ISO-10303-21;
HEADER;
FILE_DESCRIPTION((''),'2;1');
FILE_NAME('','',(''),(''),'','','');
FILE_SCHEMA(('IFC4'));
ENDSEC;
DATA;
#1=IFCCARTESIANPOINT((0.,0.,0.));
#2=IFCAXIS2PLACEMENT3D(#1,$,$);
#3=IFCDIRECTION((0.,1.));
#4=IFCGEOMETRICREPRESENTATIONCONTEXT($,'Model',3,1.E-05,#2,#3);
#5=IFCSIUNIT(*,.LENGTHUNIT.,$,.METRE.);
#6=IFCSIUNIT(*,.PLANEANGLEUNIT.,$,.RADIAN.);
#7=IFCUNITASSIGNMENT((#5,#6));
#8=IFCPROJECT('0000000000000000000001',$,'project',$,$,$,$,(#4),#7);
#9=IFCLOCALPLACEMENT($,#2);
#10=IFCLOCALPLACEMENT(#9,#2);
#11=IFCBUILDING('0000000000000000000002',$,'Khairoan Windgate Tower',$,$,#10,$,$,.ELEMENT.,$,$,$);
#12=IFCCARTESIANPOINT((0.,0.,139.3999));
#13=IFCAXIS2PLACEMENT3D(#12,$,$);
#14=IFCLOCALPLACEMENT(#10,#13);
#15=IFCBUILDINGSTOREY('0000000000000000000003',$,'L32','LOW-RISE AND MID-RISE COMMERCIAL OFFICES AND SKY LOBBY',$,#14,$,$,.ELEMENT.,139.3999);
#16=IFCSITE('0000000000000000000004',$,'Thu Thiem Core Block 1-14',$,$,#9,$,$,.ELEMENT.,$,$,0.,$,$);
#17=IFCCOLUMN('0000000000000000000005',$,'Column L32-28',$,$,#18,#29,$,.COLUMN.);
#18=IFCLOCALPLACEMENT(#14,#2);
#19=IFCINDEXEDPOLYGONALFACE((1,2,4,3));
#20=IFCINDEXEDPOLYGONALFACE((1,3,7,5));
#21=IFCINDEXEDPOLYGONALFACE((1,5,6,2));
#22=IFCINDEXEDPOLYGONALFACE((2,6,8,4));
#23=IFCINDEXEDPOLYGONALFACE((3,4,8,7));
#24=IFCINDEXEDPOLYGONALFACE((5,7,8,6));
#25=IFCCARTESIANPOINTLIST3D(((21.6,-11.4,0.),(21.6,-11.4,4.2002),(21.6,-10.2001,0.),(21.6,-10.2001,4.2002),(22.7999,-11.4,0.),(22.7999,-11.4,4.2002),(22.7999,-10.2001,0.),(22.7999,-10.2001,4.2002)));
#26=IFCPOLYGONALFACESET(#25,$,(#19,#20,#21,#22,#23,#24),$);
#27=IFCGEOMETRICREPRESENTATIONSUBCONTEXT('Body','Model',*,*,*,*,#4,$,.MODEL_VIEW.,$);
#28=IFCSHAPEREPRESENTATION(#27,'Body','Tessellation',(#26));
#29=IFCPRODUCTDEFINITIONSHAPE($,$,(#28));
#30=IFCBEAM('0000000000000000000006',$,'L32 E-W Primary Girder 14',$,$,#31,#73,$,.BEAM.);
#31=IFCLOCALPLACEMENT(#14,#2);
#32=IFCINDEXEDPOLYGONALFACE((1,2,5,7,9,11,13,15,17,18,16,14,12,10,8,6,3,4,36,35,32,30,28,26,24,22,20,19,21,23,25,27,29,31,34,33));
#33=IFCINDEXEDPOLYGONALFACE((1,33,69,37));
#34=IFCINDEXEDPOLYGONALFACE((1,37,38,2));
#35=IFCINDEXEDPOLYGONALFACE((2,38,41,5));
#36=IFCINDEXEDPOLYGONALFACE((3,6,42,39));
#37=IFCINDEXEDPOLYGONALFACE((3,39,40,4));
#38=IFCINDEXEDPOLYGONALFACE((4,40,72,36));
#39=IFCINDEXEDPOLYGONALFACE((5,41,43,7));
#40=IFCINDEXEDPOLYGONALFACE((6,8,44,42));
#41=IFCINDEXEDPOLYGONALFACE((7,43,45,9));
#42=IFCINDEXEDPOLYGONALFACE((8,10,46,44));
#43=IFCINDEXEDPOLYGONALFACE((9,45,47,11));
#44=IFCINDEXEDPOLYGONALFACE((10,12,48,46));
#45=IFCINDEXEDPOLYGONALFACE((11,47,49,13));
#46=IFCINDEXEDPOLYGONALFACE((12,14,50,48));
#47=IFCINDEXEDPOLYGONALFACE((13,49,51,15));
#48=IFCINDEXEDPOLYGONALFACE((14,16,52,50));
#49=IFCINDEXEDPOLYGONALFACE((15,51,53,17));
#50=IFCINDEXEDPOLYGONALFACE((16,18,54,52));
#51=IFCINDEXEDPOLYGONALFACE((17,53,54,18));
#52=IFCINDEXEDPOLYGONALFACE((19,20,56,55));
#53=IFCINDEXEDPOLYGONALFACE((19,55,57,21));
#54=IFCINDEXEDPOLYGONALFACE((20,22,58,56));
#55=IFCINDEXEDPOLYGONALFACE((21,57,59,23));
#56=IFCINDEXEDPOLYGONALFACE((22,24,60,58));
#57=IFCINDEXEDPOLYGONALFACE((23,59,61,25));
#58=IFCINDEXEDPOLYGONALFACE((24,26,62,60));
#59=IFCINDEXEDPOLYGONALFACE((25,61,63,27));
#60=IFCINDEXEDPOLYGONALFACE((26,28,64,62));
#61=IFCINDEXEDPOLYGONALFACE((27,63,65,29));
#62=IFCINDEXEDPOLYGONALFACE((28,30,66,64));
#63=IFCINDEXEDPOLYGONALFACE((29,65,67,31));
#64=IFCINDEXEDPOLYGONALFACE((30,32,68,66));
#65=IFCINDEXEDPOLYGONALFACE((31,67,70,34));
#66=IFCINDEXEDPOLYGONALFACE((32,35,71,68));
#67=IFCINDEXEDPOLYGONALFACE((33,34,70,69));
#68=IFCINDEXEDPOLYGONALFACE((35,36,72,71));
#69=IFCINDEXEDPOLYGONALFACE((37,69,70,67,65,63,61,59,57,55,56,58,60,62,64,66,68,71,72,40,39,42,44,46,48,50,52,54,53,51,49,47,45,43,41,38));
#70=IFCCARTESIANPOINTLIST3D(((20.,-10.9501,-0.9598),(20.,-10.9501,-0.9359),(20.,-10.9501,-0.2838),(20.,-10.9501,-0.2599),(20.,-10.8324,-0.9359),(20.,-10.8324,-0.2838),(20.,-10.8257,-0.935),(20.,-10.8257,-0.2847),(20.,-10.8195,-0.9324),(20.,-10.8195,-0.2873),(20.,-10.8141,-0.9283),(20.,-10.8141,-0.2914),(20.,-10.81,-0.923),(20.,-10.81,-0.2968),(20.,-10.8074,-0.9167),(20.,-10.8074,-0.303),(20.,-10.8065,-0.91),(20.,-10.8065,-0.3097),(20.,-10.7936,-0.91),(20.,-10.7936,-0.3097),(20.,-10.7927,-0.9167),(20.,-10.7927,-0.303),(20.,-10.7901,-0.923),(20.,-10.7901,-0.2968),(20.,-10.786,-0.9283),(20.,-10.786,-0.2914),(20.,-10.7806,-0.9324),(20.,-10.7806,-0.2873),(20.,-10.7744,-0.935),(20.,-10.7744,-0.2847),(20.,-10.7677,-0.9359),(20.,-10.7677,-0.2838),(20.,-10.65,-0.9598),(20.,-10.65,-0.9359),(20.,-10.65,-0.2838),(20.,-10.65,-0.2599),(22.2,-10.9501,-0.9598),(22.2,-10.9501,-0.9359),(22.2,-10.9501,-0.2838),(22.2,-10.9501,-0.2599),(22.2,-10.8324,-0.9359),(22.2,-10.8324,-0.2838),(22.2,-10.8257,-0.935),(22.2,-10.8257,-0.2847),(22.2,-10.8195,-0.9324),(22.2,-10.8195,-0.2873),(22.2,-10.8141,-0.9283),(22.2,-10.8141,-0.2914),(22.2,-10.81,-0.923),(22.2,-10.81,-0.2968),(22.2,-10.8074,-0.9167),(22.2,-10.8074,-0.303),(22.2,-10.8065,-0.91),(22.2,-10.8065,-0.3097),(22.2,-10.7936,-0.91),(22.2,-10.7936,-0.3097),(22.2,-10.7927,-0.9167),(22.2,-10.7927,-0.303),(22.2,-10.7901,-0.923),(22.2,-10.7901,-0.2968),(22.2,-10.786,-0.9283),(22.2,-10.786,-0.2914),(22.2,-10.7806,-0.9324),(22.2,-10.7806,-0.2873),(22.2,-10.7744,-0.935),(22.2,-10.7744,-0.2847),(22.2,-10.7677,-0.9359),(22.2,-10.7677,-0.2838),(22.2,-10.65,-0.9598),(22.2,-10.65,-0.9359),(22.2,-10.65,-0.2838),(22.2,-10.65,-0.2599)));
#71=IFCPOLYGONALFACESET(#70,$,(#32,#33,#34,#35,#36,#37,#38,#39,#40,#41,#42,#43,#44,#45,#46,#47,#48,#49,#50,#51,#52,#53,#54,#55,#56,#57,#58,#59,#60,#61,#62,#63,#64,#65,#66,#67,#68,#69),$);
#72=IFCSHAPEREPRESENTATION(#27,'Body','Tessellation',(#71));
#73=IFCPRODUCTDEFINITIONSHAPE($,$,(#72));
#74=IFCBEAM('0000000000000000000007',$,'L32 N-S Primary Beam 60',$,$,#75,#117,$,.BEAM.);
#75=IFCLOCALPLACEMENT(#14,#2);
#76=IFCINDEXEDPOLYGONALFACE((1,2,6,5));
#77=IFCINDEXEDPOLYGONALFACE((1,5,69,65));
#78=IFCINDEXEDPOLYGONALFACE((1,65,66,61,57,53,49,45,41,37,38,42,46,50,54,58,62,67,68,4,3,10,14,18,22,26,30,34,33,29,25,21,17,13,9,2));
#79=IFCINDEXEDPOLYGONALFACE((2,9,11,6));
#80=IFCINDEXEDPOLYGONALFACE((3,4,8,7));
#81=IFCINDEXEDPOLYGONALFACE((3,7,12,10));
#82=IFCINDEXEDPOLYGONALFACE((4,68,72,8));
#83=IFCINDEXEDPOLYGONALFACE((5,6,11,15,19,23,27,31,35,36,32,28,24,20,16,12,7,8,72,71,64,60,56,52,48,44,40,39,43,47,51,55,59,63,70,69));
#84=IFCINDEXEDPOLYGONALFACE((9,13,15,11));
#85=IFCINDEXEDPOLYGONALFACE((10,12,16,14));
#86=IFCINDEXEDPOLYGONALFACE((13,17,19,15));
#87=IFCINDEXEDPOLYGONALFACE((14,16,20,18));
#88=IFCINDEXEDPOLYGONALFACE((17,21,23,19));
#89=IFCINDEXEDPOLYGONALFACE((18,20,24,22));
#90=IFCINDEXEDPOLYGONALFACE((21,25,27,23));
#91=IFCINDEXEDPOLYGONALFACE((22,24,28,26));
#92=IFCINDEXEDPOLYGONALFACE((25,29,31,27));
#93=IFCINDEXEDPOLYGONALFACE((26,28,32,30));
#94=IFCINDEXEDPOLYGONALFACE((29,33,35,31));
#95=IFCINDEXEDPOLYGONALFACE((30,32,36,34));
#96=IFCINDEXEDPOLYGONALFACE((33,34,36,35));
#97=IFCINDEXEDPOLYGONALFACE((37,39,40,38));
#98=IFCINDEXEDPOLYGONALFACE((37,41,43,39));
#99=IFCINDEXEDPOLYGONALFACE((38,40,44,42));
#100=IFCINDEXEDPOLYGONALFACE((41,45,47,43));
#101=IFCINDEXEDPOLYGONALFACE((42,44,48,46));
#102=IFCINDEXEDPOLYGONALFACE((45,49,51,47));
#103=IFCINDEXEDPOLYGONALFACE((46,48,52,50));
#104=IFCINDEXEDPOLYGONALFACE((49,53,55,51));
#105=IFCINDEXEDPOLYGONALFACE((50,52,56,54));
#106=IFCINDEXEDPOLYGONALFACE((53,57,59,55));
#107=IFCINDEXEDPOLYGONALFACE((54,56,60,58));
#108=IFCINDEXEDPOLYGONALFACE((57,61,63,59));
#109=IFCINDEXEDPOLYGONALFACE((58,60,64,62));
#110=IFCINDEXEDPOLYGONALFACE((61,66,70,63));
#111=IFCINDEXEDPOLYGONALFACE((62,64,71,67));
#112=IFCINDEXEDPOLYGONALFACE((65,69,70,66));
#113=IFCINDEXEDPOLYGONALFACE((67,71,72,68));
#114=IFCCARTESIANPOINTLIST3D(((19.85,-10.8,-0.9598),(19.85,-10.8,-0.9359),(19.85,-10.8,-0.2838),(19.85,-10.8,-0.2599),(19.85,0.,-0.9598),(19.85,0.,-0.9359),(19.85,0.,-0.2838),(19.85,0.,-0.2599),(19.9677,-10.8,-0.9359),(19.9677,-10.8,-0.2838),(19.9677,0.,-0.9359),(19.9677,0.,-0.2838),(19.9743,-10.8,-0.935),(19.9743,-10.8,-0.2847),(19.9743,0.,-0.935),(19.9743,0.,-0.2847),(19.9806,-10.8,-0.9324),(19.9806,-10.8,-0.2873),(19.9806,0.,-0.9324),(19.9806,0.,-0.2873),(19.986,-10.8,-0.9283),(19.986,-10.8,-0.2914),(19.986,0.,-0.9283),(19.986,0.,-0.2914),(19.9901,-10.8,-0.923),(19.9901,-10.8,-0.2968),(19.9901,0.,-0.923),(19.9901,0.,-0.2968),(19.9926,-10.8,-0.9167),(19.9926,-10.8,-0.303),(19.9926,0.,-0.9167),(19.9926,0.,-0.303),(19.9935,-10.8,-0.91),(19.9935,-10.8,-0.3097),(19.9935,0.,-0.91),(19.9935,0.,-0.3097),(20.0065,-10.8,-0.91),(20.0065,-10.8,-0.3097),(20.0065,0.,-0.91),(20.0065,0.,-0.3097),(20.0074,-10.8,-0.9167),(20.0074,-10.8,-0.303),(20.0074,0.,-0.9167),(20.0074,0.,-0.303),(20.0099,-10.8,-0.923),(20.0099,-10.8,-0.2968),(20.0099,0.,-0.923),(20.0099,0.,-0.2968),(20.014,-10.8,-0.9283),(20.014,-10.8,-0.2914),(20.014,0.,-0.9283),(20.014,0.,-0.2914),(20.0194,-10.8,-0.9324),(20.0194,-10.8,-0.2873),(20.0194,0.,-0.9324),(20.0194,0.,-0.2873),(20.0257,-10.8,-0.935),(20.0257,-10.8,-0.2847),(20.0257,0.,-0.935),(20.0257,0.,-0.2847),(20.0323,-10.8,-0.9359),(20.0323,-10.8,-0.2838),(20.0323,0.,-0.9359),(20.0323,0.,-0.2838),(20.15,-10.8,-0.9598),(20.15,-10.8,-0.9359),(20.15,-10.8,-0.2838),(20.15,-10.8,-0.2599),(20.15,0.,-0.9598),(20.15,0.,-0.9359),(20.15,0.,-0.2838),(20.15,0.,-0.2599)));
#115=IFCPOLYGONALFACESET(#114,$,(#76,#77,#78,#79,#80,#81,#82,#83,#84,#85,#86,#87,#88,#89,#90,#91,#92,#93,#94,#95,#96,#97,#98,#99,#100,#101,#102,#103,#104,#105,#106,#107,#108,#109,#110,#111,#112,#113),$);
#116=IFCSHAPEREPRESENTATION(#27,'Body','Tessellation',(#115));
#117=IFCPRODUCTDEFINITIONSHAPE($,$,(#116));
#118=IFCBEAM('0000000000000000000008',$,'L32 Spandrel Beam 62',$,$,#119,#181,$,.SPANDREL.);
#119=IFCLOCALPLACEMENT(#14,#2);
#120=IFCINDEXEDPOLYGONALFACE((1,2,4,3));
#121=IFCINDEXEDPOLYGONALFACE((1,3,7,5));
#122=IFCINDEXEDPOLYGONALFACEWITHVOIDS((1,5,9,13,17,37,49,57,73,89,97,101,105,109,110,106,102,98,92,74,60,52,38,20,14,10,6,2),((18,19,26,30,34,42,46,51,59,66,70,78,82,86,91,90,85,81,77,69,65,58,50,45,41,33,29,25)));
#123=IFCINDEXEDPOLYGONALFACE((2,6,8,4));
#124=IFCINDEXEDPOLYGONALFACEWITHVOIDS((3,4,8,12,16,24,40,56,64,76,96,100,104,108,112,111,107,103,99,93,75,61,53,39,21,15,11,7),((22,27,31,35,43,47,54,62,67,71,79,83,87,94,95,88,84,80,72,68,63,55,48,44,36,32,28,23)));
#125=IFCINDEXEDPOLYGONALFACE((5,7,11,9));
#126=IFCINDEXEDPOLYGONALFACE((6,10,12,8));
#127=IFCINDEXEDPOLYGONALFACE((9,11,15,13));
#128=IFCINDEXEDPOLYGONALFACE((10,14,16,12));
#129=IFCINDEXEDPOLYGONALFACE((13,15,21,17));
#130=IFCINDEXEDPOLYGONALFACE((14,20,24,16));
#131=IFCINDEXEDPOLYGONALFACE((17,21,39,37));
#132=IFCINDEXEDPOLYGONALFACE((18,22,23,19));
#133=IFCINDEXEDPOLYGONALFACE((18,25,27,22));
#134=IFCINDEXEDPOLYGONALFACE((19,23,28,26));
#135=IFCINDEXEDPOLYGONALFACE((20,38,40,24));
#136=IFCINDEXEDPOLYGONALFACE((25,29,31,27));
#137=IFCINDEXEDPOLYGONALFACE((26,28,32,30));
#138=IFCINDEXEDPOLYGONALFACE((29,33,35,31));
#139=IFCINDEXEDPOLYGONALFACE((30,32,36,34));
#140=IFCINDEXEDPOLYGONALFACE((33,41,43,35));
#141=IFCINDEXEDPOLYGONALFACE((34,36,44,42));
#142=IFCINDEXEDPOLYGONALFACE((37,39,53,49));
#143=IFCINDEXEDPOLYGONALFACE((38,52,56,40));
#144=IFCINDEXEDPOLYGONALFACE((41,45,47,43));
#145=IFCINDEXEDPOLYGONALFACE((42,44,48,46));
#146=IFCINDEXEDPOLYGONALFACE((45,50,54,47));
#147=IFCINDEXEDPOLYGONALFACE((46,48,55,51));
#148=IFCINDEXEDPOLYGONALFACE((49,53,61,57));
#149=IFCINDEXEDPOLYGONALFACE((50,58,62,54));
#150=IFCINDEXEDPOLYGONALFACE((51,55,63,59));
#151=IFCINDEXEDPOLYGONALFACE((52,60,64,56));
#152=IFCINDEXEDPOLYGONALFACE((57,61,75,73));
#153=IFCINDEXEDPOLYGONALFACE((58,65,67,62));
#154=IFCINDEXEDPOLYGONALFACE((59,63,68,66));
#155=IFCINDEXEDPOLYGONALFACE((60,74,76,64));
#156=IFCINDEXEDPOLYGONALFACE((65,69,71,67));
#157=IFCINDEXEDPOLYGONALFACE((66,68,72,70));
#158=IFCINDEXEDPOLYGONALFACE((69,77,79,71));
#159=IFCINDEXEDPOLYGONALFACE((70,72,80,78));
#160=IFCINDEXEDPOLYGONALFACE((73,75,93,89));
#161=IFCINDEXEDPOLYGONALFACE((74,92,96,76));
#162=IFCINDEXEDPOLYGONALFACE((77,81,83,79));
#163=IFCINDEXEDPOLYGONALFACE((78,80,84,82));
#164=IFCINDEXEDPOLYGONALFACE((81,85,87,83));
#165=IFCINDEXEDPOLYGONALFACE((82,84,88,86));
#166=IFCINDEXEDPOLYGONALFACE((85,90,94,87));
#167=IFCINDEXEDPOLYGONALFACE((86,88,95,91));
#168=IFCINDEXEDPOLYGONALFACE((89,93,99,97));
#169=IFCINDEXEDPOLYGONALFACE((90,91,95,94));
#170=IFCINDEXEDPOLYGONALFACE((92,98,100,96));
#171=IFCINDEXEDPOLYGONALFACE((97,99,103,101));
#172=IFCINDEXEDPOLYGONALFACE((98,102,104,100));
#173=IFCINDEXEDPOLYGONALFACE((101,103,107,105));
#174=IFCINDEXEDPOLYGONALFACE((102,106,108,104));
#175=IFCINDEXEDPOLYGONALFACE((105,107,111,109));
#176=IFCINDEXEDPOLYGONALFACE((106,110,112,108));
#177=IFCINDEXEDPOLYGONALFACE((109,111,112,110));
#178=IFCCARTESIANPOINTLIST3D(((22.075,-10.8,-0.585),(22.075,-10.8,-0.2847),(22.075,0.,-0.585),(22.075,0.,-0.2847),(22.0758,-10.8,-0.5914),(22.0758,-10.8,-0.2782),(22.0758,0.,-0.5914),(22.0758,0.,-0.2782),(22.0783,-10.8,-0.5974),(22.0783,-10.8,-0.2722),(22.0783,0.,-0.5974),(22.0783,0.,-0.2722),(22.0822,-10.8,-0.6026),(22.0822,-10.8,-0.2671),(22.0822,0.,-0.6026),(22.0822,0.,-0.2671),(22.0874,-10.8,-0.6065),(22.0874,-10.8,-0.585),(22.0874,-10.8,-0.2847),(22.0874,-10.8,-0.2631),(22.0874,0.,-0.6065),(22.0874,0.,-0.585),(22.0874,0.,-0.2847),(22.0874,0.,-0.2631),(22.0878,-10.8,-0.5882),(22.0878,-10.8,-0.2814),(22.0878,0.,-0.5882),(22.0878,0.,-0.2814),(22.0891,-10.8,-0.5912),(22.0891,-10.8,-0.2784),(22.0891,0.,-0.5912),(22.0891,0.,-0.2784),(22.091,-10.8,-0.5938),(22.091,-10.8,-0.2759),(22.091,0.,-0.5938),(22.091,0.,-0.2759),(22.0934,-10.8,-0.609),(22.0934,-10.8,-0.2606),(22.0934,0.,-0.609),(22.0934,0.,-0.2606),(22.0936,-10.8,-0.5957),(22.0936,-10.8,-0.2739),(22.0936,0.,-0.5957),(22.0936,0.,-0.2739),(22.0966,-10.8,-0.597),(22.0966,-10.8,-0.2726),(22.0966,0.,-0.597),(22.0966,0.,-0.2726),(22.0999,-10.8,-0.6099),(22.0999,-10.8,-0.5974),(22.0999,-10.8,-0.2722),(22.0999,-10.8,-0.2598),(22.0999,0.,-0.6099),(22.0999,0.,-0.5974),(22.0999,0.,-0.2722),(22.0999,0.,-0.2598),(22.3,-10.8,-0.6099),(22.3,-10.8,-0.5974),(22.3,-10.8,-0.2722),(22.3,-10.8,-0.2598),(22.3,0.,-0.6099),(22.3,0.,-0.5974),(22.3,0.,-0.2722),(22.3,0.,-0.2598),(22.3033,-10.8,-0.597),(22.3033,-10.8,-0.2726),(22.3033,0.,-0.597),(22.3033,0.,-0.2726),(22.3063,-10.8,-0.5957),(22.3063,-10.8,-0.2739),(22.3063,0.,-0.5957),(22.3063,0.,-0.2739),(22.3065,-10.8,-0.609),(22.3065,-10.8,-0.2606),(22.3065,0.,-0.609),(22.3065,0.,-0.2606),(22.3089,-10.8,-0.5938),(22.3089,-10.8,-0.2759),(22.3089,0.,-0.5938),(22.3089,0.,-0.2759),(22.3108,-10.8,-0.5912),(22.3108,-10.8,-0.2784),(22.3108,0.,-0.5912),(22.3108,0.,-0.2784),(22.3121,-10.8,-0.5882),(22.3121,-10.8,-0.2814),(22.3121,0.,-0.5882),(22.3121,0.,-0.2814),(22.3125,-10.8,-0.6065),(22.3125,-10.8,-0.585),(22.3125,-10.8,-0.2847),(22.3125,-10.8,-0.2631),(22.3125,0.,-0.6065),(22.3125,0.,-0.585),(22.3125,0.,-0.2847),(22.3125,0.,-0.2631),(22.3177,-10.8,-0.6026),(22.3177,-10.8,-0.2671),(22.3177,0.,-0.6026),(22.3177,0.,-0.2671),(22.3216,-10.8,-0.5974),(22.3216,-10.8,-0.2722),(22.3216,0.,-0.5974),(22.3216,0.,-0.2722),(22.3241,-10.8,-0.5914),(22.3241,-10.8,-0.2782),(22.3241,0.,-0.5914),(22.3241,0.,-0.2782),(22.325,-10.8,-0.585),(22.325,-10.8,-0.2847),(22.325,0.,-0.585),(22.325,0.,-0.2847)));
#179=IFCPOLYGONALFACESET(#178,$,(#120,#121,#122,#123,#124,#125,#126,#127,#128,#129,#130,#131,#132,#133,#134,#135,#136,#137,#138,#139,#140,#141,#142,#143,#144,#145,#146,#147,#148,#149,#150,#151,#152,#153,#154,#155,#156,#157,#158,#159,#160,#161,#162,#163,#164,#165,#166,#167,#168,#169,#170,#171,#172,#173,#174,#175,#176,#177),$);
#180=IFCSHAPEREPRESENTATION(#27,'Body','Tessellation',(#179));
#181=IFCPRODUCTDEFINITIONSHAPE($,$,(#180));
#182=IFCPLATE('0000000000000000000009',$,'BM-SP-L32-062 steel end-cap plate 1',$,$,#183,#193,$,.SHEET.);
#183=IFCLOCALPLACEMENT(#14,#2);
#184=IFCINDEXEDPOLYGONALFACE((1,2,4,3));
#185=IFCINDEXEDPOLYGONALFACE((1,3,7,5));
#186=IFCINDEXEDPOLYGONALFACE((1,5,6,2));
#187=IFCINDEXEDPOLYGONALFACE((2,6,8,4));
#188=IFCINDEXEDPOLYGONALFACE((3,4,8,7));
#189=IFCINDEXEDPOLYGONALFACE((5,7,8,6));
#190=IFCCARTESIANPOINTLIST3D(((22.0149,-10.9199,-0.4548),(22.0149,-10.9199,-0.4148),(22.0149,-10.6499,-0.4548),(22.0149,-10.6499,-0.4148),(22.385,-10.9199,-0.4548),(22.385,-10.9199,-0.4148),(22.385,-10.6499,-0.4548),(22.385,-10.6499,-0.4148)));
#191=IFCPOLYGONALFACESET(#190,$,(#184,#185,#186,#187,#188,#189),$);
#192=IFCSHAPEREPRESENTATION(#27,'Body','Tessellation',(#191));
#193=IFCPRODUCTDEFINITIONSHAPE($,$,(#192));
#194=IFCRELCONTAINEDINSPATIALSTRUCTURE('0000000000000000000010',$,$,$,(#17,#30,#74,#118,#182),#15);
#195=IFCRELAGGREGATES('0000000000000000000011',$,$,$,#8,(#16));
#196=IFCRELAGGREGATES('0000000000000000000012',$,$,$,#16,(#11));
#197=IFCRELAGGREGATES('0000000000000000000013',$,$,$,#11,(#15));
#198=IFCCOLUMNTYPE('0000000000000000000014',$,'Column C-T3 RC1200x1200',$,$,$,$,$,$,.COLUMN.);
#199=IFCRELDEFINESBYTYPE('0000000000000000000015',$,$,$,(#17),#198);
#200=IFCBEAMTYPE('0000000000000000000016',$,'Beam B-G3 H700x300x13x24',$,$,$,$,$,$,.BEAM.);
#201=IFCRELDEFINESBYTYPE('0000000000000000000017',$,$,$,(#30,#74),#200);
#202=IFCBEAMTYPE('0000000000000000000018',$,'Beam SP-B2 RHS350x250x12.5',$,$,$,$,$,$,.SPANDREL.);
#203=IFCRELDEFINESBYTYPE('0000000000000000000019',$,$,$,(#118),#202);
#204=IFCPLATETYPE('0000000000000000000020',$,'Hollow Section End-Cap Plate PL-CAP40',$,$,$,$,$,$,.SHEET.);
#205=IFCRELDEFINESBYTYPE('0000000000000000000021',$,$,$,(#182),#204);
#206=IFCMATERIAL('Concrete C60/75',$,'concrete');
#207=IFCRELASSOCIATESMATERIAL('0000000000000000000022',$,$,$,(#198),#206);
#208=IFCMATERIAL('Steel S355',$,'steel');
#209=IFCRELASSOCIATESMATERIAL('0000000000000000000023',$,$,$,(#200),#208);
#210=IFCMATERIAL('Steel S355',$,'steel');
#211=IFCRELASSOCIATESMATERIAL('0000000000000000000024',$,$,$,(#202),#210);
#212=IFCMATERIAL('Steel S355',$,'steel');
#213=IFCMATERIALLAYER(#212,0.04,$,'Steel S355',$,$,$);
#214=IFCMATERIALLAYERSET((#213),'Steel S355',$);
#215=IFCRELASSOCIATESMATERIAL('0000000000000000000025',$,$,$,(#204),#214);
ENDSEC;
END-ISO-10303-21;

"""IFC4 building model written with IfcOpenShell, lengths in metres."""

from ifc_helpers import new_model, si_unit, direction, frame, origin, origin_2d, place, context, subcontext, project, spatial, rectangle, hollow_rectangle, i_section, extrude, material, layer, layer_set, material_profile, profile_set, type_object, element, save


model = new_model("IFC4")

# Units and contexts
model_context = context("Model", 3, precision=1e-05, world=origin(), true_north=direction((0.0, 1.0)))
body_context = subcontext(model_context, "Body", "Model", "MODEL_VIEW")
ifc_project = project(units=[si_unit("LENGTHUNIT", "METRE"), si_unit("PLANEANGLEUNIT", "RADIAN")], contexts=[model_context])

# Site, building, storey
site_placement = place(None, origin())
site = spatial("IfcSite", under=ifc_project, at=site_placement, Name="Thu Thiem Core Block 1-14", CompositionType="ELEMENT", RefElevation=0.0)
building_placement = place(site_placement, origin())
building = spatial("IfcBuilding", under=site, at=building_placement, Name="Khairoan Windgate Tower", CompositionType="ELEMENT")
storey_placement = place(building_placement, frame((0.0, 0.0, 139.3999)))
storey = spatial("IfcBuildingStorey", under=building, at=storey_placement, Name="L32", Description="LOW-RISE AND MID-RISE COMMERCIAL OFFICES AND SKY LOBBY", CompositionType="ELEMENT", Elevation=139.3999)

# Column
ifc_material_1 = material(Name="Concrete C60/75", Category="concrete")
ifc_material_profile_1 = material_profile(ifc_material_1, rectangle(XDim=1.2, YDim=1.2, at=origin_2d()))
ifc_profile_set_1 = profile_set([ifc_material_profile_1], Name="Concrete C60/75")
column_type = type_object("IfcColumnType", Name="Column C-T3 RC1200x1200", PredefinedType="COLUMN", material=ifc_profile_set_1)
column_placement = place(storey_placement, frame((22.2, -10.8, 0.0), z_axis=(0.0, 0.0, 1.0), x_axis=(1.0, 0.0, 0.0)))
element("IfcColumn", 1, at=column_placement, inside=storey, type_object=column_type, Name="Column L32-28", PredefinedType="COLUMN", context=body_context, shape_type="SweptSolid", body=[
    extrude(rectangle(XDim=1.2, YDim=1.2, at=origin_2d()), origin(), (0.0, 0.0, 1.0), 4.2002),
])

# Beams
ifc_material_2 = material(Name="Steel S355", Category="steel")
ifc_material_profile_2 = material_profile(ifc_material_2, i_section(OverallWidth=0.3, OverallDepth=0.7, WebThickness=0.0129, FlangeThickness=0.0239, FilletRadius=0.0259, at=origin_2d()))
ifc_profile_set_2 = profile_set([ifc_material_profile_2], Name="Steel S355")
beam_type_1 = type_object("IfcBeamType", Name="Beam B-G3 H700x300x13x24", PredefinedType="BEAM", material=ifc_profile_set_2)
beam_1_placement = place(storey_placement, frame((20.0, -10.8, -0.6099), z_axis=(1.0, 0.0, 0.0), x_axis=(0.0, 1.0, 0.0)))
element("IfcBeam", 2, at=beam_1_placement, inside=storey, type_object=beam_type_1, Name="L32 E-W Primary Girder 14", PredefinedType="BEAM", context=body_context, shape_type="SweptSolid", body=[
    extrude(i_section(OverallWidth=0.3, OverallDepth=0.7, WebThickness=0.0129, FlangeThickness=0.0239, FilletRadius=0.0259, at=origin_2d()), origin(), (0.0, 0.0, 1.0), 2.2),
])
beam_2_placement = place(storey_placement, frame((20.0, -10.8, -0.6099), z_axis=(0.0, 1.0, 0.0), x_axis=(-1.0, 0.0, 0.0)))
element("IfcBeam", 3, at=beam_2_placement, inside=storey, type_object=beam_type_1, Name="L32 N-S Primary Beam 60", PredefinedType="BEAM", context=body_context, shape_type="SweptSolid", body=[
    extrude(i_section(OverallWidth=0.3, OverallDepth=0.7, WebThickness=0.0129, FlangeThickness=0.0239, FilletRadius=0.0259, at=origin_2d()), origin(), (0.0, 0.0, 1.0), 10.8),
])
ifc_material_3 = material(Name="Steel S355", Category="steel")
ifc_material_profile_3 = material_profile(ifc_material_3, hollow_rectangle(XDim=0.25, YDim=0.3501, WallThickness=0.0125, InnerFilletRadius=0.0125, OuterFilletRadius=0.0249, at=origin_2d()))
ifc_profile_set_3 = profile_set([ifc_material_profile_3], Name="Steel S355")
beam_type_2 = type_object("IfcBeamType", Name="Beam SP-B2 RHS350x250x12.5", PredefinedType="SPANDREL", material=ifc_profile_set_3)
beam_3_placement = place(storey_placement, frame((22.2, -10.8, -0.4348), z_axis=(0.0, 1.0, 0.0), x_axis=(-1.0, 0.0, 0.0)))
element("IfcBeam", 4, at=beam_3_placement, inside=storey, type_object=beam_type_2, Name="L32 Spandrel Beam 62", PredefinedType="SPANDREL", context=body_context, shape_type="SweptSolid", body=[
    extrude(hollow_rectangle(XDim=0.25, YDim=0.3501, WallThickness=0.0125, InnerFilletRadius=0.0125, OuterFilletRadius=0.0249, at=origin_2d()), origin(), (0.0, 0.0, 1.0), 10.8),
])

# Plate
ifc_material_4 = material(Name="Steel S355", Category="steel")
ifc_layer_1 = layer(ifc_material_4, 0.04, Name="Steel S355")
ifc_layer_set_1 = layer_set([ifc_layer_1], Name="Steel S355")
plate_type = type_object("IfcPlateType", Name="Hollow Section End-Cap Plate PL-CAP40", PredefinedType="SHEET", material=ifc_layer_set_1)
plate_placement = place(storey_placement, frame((22.2, -10.7849, -0.4548), z_axis=(0.0, 0.0, 1.0), x_axis=(0.0, 1.0, 0.0)))
element("IfcPlate", 5, at=plate_placement, inside=storey, type_object=plate_type, Name="BM-SP-L32-062 steel end-cap plate 1", PredefinedType="SHEET", context=body_context, shape_type="SweptSolid", body=[
    extrude(rectangle(XDim=0.27, YDim=0.3701, at=origin_2d()), origin(), (0.0, 0.0, 1.0), 0.04),
])

save(model, "model.ifc")
